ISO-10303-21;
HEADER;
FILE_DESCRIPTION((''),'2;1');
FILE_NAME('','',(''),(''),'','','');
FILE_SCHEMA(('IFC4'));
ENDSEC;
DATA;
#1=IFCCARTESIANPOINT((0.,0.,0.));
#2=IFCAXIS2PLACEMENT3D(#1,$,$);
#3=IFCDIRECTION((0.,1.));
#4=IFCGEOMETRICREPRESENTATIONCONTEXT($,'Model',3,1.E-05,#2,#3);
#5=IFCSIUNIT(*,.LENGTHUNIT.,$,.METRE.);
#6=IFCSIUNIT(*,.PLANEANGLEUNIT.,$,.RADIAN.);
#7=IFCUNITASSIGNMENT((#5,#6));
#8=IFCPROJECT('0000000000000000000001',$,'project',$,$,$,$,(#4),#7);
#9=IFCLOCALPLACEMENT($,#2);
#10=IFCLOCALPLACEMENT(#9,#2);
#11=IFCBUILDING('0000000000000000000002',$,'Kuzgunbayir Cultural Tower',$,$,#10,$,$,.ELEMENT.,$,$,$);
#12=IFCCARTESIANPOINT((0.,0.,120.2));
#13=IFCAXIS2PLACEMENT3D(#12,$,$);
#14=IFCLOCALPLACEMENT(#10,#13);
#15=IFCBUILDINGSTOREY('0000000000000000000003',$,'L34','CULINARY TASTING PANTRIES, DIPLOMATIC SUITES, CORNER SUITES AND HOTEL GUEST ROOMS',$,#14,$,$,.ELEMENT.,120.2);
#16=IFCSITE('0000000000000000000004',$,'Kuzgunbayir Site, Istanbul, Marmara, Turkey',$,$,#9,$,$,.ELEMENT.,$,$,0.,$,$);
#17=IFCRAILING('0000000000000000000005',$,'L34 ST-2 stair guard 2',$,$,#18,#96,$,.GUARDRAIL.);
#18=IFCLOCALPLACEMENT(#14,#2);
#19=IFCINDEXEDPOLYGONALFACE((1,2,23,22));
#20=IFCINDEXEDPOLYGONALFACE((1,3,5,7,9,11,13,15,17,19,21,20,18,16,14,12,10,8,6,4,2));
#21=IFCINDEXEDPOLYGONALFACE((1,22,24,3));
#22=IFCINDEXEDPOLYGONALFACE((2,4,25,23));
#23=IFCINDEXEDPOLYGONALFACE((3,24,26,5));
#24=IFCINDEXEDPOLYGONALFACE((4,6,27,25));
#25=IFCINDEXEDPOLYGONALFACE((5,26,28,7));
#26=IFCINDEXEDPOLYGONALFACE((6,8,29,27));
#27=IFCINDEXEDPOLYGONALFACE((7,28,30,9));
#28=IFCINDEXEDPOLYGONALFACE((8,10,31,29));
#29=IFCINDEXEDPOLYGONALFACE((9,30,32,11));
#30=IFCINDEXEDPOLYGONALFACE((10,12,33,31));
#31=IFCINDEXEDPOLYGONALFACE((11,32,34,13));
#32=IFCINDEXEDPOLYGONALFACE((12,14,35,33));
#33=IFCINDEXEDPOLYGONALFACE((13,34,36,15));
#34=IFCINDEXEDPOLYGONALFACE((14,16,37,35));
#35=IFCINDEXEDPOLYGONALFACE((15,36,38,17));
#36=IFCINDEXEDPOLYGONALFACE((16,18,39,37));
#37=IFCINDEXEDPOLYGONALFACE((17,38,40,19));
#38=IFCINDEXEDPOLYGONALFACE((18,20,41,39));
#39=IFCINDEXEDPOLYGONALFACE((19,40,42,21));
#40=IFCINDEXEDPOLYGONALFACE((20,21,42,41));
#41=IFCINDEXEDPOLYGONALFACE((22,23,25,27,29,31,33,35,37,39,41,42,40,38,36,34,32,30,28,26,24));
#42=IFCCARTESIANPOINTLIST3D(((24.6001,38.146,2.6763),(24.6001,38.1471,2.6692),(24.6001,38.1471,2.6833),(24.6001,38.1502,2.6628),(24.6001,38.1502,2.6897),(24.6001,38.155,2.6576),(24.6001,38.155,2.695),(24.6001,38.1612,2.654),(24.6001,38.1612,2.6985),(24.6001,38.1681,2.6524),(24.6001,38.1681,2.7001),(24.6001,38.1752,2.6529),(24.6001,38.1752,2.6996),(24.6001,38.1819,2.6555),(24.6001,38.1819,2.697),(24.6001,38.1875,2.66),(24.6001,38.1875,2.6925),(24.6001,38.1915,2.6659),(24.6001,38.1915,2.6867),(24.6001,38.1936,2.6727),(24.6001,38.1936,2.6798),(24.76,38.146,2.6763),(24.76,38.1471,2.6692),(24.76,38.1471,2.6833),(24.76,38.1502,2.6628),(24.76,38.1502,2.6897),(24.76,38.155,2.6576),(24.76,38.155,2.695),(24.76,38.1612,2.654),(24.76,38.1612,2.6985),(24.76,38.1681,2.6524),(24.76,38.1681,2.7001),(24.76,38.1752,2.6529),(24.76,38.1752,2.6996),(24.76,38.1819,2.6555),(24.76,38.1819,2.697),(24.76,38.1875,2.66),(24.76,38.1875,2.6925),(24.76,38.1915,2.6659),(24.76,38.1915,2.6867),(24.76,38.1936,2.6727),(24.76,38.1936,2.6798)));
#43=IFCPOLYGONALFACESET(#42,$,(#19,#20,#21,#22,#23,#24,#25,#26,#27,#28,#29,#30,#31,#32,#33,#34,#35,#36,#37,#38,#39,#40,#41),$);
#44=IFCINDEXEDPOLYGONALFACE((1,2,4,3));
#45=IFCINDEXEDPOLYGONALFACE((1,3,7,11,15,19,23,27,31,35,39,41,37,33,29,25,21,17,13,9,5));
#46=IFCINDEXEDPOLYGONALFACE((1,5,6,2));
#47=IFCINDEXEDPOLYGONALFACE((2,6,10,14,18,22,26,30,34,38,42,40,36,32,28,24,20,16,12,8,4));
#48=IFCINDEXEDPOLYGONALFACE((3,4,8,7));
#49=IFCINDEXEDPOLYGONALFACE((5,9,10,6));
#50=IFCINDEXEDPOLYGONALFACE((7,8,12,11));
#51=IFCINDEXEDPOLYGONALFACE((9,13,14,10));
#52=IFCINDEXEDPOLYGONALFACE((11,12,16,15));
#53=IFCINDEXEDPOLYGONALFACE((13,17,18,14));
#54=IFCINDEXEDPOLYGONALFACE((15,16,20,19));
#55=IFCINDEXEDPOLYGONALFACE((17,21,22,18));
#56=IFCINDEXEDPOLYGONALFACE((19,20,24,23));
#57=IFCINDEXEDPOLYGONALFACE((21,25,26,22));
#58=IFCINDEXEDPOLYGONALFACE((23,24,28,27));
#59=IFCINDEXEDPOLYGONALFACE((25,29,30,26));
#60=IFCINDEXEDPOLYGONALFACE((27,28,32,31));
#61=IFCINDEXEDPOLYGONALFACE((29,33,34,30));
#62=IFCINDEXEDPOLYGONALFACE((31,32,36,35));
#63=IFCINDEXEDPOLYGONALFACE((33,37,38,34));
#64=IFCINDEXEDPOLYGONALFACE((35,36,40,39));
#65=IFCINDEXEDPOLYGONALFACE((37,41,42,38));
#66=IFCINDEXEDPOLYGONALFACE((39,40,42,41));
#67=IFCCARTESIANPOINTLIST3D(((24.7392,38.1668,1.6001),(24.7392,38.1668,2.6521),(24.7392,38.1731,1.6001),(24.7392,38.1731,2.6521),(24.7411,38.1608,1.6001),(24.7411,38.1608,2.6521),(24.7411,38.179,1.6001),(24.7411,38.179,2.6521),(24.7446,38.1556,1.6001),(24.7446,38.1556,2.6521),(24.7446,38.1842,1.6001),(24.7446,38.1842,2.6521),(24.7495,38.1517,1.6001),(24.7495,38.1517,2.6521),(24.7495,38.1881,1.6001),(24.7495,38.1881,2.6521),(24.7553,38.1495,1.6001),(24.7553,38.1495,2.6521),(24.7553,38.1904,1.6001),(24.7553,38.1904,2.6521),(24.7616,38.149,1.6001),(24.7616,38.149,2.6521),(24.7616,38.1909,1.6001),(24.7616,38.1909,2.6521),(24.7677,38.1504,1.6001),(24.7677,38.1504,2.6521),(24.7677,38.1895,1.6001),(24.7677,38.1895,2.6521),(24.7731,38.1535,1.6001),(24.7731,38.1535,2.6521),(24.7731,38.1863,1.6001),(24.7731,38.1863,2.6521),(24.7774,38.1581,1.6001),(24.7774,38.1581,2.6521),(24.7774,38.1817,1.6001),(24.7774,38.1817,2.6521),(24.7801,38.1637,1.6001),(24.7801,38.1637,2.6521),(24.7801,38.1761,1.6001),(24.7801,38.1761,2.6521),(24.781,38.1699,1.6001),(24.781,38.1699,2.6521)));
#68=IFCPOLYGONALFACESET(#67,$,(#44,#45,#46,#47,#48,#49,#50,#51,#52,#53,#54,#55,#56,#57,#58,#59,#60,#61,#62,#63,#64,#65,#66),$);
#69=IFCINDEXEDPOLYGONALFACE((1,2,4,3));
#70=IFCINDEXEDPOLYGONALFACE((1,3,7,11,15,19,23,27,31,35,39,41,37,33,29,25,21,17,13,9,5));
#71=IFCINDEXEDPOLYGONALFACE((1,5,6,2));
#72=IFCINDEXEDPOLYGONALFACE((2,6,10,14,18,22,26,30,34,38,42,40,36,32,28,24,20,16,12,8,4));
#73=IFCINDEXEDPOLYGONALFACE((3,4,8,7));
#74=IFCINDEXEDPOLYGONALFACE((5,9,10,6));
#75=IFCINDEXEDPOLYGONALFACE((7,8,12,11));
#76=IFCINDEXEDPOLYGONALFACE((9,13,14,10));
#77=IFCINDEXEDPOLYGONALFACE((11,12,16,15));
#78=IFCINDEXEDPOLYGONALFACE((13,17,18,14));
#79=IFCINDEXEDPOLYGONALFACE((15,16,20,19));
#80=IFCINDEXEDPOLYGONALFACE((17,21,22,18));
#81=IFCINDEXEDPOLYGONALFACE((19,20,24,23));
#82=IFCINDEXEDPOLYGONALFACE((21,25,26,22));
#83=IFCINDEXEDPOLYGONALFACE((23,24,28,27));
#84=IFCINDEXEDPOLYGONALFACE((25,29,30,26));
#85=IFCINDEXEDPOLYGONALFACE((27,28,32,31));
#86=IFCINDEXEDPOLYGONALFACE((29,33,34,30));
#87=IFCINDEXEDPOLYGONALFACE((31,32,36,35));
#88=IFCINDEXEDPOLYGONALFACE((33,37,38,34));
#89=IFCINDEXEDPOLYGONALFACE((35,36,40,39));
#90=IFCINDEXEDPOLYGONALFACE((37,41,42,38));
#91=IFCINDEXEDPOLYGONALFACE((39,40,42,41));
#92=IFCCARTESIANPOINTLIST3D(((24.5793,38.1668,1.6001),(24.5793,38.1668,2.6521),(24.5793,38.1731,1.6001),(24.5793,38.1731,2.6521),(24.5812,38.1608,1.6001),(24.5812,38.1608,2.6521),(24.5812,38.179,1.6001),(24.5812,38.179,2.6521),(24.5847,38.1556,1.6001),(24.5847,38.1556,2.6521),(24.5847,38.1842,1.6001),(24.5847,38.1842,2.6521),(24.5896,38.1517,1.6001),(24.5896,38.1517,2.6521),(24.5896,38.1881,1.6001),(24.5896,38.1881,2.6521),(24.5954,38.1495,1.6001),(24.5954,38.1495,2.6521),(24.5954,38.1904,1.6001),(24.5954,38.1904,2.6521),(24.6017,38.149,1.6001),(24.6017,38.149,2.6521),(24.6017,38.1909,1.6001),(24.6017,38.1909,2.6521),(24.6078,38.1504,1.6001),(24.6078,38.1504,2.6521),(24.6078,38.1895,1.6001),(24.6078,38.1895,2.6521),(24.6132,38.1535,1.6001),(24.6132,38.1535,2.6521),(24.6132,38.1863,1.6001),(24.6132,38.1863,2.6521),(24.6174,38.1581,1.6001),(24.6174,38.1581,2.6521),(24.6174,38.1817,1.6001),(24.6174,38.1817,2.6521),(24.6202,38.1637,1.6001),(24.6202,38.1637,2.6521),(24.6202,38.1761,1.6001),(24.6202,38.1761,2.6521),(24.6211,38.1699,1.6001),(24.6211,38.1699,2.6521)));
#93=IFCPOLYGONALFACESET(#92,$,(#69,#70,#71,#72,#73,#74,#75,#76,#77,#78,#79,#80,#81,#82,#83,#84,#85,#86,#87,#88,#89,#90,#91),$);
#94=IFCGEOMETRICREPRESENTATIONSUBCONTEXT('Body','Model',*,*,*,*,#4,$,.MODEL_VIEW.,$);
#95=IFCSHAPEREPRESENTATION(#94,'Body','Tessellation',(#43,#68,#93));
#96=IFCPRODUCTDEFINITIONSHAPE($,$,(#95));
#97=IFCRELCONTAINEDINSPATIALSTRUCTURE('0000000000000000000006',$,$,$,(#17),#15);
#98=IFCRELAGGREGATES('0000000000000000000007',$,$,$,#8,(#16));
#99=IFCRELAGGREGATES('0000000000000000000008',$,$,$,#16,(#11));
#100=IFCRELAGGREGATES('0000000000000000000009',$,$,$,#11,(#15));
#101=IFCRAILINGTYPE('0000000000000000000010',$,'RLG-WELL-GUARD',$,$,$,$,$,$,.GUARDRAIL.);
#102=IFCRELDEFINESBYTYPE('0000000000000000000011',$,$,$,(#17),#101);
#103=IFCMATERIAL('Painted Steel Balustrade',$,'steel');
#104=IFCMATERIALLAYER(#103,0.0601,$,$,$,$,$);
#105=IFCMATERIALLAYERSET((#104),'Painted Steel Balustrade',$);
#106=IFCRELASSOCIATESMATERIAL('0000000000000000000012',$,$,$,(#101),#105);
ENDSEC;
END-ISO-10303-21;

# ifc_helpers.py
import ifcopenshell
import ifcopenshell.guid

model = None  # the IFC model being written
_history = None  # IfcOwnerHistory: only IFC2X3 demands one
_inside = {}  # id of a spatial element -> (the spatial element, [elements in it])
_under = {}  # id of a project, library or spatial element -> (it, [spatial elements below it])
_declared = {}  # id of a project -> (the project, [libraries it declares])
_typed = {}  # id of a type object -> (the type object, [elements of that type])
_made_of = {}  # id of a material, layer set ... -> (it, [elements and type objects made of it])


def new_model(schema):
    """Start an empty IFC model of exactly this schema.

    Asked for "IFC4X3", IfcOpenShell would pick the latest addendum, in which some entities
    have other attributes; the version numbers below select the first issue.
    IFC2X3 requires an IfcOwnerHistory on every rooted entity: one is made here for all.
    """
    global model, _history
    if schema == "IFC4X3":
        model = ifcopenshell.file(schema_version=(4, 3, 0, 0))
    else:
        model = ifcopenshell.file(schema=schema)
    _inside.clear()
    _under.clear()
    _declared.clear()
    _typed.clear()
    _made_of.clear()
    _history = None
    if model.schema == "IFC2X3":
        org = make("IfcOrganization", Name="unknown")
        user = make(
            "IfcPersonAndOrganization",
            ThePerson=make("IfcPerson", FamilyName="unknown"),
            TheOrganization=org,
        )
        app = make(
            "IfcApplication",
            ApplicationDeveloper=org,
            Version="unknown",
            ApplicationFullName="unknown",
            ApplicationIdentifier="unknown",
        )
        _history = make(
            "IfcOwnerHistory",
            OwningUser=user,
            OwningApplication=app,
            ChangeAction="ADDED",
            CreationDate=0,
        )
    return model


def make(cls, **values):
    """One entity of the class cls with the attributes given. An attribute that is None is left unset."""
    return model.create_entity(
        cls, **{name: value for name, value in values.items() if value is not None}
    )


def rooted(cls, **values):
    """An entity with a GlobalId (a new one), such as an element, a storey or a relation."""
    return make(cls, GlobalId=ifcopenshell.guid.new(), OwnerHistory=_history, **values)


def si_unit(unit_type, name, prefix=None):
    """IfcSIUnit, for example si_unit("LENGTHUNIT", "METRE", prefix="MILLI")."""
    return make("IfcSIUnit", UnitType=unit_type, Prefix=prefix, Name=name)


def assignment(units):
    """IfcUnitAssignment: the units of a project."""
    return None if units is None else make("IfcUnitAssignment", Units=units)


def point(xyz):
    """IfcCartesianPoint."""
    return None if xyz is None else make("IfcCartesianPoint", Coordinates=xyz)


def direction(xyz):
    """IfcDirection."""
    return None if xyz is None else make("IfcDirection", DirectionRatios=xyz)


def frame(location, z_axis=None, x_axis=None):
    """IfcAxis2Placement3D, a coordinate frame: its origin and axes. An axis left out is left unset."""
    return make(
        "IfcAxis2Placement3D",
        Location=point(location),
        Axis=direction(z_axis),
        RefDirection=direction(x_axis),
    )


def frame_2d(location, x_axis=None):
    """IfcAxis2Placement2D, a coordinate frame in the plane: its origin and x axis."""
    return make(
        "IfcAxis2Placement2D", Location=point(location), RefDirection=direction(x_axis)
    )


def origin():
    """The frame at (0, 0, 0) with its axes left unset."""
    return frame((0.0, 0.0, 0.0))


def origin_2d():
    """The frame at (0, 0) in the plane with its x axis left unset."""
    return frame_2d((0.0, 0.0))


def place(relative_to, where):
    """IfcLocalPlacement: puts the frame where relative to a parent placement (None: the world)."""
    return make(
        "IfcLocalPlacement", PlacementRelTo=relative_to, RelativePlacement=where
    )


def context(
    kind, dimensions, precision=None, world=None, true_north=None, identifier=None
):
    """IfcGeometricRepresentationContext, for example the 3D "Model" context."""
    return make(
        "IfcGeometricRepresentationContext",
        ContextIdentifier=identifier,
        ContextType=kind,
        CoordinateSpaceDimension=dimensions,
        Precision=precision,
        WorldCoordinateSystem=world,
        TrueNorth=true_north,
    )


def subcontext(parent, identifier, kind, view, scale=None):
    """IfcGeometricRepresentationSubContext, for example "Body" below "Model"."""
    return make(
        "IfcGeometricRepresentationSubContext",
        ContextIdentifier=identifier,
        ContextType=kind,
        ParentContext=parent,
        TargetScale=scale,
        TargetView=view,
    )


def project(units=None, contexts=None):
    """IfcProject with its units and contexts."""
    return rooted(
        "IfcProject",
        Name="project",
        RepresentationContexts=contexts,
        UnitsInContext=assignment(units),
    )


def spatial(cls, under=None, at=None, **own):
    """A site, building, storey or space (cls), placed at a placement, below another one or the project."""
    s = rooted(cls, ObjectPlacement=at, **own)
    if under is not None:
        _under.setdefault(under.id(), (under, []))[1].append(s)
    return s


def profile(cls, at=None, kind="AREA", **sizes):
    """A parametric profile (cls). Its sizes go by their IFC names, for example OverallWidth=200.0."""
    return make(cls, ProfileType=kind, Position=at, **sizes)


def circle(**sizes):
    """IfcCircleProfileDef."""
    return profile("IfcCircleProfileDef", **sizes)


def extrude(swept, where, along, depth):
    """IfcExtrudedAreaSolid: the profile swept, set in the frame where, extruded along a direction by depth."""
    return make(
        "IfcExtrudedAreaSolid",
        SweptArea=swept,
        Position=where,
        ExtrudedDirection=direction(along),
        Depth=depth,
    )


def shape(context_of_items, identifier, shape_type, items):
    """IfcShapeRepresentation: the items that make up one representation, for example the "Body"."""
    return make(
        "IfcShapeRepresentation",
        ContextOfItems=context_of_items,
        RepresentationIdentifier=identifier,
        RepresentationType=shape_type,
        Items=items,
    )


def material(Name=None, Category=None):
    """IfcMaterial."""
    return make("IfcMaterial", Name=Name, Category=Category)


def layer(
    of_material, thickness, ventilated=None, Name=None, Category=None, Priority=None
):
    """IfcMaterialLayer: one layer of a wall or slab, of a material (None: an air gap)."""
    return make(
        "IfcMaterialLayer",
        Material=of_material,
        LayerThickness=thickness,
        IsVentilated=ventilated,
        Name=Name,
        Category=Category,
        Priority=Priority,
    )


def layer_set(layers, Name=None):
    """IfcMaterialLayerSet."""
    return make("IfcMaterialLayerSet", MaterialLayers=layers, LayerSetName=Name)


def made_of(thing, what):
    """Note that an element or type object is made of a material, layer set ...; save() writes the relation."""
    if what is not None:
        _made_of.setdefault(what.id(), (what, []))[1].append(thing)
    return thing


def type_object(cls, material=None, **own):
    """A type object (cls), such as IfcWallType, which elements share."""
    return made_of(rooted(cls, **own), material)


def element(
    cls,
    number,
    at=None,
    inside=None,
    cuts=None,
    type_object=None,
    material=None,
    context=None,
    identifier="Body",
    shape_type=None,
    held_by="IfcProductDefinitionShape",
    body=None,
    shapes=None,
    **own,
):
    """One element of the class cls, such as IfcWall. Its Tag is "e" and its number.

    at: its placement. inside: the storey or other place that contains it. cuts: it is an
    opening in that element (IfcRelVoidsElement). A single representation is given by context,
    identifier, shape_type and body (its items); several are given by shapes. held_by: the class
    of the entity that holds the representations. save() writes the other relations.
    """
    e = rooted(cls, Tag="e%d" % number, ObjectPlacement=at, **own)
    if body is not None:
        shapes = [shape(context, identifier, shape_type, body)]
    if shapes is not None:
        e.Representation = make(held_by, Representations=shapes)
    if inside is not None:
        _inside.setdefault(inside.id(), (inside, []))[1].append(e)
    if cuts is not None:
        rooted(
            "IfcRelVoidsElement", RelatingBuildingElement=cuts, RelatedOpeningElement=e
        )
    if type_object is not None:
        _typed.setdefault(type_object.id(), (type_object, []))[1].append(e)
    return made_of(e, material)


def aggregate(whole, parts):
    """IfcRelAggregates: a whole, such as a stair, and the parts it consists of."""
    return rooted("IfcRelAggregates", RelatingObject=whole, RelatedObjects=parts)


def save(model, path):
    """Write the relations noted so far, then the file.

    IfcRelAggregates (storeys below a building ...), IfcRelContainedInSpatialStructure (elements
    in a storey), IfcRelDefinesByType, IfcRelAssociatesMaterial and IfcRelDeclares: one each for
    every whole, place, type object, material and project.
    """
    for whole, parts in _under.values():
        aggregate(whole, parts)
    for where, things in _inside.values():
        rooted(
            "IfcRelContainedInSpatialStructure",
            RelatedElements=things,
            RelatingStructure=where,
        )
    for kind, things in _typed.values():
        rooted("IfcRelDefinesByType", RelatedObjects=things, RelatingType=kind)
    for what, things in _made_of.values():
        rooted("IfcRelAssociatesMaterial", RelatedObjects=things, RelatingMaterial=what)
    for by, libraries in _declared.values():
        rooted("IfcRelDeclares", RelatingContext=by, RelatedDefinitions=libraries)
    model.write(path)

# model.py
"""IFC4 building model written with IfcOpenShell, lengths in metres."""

from ifc_helpers import new_model, si_unit, direction, frame, origin, origin_2d, place, context, subcontext, project, spatial, circle, extrude, material, layer, layer_set, type_object, element, save


model = new_model("IFC4")

# Units and contexts
model_context = context("Model", 3, precision=1e-05, world=origin(), true_north=direction((0.0, 1.0)))
body_context = subcontext(model_context, "Body", "Model", "MODEL_VIEW")
ifc_project = project(units=[si_unit("LENGTHUNIT", "METRE"), si_unit("PLANEANGLEUNIT", "RADIAN")], contexts=[model_context])

# Site, building, storey
site_placement = place(None, origin())
site = spatial("IfcSite", under=ifc_project, at=site_placement, Name="Kuzgunbayir Site, Istanbul, Marmara, Turkey", CompositionType="ELEMENT", RefElevation=0.0)
building_placement = place(site_placement, origin())
building = spatial("IfcBuilding", under=site, at=building_placement, Name="Kuzgunbayir Cultural Tower", CompositionType="ELEMENT")
storey_placement = place(building_placement, frame((0.0, 0.0, 120.2)))
storey = spatial("IfcBuildingStorey", under=building, at=storey_placement, Name="L34", Description="CULINARY TASTING PANTRIES, DIPLOMATIC SUITES, CORNER SUITES AND HOTEL GUEST ROOMS", CompositionType="ELEMENT", Elevation=120.2)

# Railing
ifc_material_1 = material(Name="Painted Steel Balustrade", Category="steel")
ifc_layer_1 = layer(ifc_material_1, 0.0601)
ifc_layer_set_1 = layer_set([ifc_layer_1], Name="Painted Steel Balustrade")
railing_type_1 = type_object("IfcRailingType", Name="RLG-WELL-GUARD", PredefinedType="GUARDRAIL", material=ifc_layer_set_1)
railing_1_placement = place(storey_placement, frame((24.76, 38.1699, 1.6001)))
element("IfcRailing", 1, at=railing_1_placement, inside=storey, type_object=railing_type_1, Name="L34 ST-2 stair guard 2", PredefinedType="GUARDRAIL", context=body_context, shape_type="SweptSolid", body=[
    extrude(circle(Radius=0.0239, at=origin_2d()), frame((0.0, 0.0, 1.0762), z_axis=(-1.0, 0.0, 0.0), x_axis=(0.0, -1.0, 0.0)), (0.0, 0.0, 1.0), 0.1599),
    extrude(circle(Radius=0.021, at=origin_2d()), origin(), (0.0, 0.0, 1.0), 1.052),
    extrude(circle(Radius=0.021, at=origin_2d()), frame((-0.1599, 0.0, 0.0)), (0.0, 0.0, 1.0), 1.052),
])

save(model, "model.ifc")
